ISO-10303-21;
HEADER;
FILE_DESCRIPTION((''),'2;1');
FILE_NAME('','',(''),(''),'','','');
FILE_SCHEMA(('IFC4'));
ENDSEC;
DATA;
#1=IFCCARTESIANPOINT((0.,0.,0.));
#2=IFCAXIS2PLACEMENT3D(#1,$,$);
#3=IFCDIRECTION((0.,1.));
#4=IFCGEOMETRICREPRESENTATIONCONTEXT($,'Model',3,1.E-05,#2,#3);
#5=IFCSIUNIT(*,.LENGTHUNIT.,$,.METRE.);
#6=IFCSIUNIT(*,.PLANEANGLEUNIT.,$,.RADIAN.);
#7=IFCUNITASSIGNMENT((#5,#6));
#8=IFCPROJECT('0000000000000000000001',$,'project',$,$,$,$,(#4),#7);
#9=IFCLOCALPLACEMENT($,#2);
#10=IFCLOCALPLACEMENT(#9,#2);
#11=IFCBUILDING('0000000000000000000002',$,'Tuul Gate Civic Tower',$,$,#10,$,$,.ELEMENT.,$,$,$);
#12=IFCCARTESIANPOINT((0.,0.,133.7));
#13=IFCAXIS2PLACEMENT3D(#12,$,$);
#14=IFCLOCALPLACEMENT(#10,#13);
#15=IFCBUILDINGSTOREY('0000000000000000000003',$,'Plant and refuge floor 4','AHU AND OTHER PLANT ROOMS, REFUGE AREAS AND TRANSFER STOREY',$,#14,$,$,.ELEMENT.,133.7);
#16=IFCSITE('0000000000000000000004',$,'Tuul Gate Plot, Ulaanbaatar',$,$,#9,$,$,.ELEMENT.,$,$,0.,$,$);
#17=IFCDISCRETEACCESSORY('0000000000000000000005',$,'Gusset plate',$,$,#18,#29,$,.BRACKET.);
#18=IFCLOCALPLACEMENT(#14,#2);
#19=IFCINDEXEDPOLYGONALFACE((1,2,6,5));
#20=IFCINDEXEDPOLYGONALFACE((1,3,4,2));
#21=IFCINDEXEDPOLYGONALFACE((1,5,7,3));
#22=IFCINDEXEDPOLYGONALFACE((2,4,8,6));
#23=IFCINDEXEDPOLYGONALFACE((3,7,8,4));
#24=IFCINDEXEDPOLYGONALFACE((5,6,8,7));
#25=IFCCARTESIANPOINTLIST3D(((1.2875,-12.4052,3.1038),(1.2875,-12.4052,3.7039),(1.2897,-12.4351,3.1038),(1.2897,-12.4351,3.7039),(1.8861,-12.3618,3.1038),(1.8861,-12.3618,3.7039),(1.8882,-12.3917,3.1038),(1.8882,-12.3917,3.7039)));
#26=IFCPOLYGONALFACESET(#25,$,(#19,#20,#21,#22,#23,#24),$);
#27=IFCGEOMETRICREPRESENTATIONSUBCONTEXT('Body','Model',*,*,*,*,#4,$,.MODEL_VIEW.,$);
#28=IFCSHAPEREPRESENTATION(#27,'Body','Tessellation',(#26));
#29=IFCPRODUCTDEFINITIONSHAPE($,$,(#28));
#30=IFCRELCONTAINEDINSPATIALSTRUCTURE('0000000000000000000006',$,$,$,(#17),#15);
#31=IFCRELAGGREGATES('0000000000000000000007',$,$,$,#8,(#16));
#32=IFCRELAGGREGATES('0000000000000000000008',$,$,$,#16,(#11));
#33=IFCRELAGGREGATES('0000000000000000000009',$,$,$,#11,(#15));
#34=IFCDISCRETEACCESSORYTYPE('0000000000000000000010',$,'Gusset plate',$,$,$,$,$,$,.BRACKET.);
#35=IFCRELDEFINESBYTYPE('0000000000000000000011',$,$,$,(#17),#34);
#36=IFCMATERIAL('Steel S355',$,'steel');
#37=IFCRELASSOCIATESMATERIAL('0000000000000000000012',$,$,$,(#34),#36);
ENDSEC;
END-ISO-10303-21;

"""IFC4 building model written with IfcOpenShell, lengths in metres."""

from ifc_helpers import new_model, si_unit, direction, frame, origin, origin_2d, place, context, subcontext, project, spatial, rectangle, extrude, material, type_object, element, save


model = new_model("IFC4")

# Units and contexts
model_context = context("Model", 3, precision=1e-05, world=origin(), true_north=direction((0.0, 1.0)))
body_context = subcontext(model_context, "Body", "Model", "MODEL_VIEW")
ifc_project = project(units=[si_unit("LENGTHUNIT", "METRE"), si_unit("PLANEANGLEUNIT", "RADIAN")], contexts=[model_context])

# Site, building, storey
site_placement = place(None, origin())
site = spatial("IfcSite", under=ifc_project, at=site_placement, Name="Tuul Gate Plot, Ulaanbaatar", CompositionType="ELEMENT", RefElevation=0.0)
building_placement = place(site_placement, origin())
building = spatial("IfcBuilding", under=site, at=building_placement, Name="Tuul Gate Civic Tower", CompositionType="ELEMENT")
storey_placement = place(building_placement, frame((0.0, 0.0, 133.7)))
storey = spatial("IfcBuildingStorey", under=building, at=storey_placement, Name="Plant and refuge floor 4", Description="AHU AND OTHER PLANT ROOMS, REFUGE AREAS AND TRANSFER STOREY", CompositionType="ELEMENT", Elevation=133.7)

# Discrete accessory
ifc_material_1 = material(Name="Steel S355", Category="steel")
discrete_accessory_type = type_object("IfcDiscreteAccessoryType", Name="Gusset plate", PredefinedType="BRACKET", material=ifc_material_1)
discrete_accessory_placement = place(storey_placement, frame((1.5879, -12.3984, 3.1038), z_axis=(0.0, 0.0, 1.0), x_axis=(-0.997382, -0.072314, 0.0)))
element("IfcDiscreteAccessory", 1, at=discrete_accessory_placement, inside=storey, type_object=discrete_accessory_type, Name="Gusset plate", PredefinedType="BRACKET", context=body_context, shape_type="SweptSolid", body=[
    extrude(rectangle(XDim=0.6001, YDim=0.03, at=origin_2d()), origin(), (0.0, 0.0, 1.0), 0.6001),
])

save(model, "model.ifc")
